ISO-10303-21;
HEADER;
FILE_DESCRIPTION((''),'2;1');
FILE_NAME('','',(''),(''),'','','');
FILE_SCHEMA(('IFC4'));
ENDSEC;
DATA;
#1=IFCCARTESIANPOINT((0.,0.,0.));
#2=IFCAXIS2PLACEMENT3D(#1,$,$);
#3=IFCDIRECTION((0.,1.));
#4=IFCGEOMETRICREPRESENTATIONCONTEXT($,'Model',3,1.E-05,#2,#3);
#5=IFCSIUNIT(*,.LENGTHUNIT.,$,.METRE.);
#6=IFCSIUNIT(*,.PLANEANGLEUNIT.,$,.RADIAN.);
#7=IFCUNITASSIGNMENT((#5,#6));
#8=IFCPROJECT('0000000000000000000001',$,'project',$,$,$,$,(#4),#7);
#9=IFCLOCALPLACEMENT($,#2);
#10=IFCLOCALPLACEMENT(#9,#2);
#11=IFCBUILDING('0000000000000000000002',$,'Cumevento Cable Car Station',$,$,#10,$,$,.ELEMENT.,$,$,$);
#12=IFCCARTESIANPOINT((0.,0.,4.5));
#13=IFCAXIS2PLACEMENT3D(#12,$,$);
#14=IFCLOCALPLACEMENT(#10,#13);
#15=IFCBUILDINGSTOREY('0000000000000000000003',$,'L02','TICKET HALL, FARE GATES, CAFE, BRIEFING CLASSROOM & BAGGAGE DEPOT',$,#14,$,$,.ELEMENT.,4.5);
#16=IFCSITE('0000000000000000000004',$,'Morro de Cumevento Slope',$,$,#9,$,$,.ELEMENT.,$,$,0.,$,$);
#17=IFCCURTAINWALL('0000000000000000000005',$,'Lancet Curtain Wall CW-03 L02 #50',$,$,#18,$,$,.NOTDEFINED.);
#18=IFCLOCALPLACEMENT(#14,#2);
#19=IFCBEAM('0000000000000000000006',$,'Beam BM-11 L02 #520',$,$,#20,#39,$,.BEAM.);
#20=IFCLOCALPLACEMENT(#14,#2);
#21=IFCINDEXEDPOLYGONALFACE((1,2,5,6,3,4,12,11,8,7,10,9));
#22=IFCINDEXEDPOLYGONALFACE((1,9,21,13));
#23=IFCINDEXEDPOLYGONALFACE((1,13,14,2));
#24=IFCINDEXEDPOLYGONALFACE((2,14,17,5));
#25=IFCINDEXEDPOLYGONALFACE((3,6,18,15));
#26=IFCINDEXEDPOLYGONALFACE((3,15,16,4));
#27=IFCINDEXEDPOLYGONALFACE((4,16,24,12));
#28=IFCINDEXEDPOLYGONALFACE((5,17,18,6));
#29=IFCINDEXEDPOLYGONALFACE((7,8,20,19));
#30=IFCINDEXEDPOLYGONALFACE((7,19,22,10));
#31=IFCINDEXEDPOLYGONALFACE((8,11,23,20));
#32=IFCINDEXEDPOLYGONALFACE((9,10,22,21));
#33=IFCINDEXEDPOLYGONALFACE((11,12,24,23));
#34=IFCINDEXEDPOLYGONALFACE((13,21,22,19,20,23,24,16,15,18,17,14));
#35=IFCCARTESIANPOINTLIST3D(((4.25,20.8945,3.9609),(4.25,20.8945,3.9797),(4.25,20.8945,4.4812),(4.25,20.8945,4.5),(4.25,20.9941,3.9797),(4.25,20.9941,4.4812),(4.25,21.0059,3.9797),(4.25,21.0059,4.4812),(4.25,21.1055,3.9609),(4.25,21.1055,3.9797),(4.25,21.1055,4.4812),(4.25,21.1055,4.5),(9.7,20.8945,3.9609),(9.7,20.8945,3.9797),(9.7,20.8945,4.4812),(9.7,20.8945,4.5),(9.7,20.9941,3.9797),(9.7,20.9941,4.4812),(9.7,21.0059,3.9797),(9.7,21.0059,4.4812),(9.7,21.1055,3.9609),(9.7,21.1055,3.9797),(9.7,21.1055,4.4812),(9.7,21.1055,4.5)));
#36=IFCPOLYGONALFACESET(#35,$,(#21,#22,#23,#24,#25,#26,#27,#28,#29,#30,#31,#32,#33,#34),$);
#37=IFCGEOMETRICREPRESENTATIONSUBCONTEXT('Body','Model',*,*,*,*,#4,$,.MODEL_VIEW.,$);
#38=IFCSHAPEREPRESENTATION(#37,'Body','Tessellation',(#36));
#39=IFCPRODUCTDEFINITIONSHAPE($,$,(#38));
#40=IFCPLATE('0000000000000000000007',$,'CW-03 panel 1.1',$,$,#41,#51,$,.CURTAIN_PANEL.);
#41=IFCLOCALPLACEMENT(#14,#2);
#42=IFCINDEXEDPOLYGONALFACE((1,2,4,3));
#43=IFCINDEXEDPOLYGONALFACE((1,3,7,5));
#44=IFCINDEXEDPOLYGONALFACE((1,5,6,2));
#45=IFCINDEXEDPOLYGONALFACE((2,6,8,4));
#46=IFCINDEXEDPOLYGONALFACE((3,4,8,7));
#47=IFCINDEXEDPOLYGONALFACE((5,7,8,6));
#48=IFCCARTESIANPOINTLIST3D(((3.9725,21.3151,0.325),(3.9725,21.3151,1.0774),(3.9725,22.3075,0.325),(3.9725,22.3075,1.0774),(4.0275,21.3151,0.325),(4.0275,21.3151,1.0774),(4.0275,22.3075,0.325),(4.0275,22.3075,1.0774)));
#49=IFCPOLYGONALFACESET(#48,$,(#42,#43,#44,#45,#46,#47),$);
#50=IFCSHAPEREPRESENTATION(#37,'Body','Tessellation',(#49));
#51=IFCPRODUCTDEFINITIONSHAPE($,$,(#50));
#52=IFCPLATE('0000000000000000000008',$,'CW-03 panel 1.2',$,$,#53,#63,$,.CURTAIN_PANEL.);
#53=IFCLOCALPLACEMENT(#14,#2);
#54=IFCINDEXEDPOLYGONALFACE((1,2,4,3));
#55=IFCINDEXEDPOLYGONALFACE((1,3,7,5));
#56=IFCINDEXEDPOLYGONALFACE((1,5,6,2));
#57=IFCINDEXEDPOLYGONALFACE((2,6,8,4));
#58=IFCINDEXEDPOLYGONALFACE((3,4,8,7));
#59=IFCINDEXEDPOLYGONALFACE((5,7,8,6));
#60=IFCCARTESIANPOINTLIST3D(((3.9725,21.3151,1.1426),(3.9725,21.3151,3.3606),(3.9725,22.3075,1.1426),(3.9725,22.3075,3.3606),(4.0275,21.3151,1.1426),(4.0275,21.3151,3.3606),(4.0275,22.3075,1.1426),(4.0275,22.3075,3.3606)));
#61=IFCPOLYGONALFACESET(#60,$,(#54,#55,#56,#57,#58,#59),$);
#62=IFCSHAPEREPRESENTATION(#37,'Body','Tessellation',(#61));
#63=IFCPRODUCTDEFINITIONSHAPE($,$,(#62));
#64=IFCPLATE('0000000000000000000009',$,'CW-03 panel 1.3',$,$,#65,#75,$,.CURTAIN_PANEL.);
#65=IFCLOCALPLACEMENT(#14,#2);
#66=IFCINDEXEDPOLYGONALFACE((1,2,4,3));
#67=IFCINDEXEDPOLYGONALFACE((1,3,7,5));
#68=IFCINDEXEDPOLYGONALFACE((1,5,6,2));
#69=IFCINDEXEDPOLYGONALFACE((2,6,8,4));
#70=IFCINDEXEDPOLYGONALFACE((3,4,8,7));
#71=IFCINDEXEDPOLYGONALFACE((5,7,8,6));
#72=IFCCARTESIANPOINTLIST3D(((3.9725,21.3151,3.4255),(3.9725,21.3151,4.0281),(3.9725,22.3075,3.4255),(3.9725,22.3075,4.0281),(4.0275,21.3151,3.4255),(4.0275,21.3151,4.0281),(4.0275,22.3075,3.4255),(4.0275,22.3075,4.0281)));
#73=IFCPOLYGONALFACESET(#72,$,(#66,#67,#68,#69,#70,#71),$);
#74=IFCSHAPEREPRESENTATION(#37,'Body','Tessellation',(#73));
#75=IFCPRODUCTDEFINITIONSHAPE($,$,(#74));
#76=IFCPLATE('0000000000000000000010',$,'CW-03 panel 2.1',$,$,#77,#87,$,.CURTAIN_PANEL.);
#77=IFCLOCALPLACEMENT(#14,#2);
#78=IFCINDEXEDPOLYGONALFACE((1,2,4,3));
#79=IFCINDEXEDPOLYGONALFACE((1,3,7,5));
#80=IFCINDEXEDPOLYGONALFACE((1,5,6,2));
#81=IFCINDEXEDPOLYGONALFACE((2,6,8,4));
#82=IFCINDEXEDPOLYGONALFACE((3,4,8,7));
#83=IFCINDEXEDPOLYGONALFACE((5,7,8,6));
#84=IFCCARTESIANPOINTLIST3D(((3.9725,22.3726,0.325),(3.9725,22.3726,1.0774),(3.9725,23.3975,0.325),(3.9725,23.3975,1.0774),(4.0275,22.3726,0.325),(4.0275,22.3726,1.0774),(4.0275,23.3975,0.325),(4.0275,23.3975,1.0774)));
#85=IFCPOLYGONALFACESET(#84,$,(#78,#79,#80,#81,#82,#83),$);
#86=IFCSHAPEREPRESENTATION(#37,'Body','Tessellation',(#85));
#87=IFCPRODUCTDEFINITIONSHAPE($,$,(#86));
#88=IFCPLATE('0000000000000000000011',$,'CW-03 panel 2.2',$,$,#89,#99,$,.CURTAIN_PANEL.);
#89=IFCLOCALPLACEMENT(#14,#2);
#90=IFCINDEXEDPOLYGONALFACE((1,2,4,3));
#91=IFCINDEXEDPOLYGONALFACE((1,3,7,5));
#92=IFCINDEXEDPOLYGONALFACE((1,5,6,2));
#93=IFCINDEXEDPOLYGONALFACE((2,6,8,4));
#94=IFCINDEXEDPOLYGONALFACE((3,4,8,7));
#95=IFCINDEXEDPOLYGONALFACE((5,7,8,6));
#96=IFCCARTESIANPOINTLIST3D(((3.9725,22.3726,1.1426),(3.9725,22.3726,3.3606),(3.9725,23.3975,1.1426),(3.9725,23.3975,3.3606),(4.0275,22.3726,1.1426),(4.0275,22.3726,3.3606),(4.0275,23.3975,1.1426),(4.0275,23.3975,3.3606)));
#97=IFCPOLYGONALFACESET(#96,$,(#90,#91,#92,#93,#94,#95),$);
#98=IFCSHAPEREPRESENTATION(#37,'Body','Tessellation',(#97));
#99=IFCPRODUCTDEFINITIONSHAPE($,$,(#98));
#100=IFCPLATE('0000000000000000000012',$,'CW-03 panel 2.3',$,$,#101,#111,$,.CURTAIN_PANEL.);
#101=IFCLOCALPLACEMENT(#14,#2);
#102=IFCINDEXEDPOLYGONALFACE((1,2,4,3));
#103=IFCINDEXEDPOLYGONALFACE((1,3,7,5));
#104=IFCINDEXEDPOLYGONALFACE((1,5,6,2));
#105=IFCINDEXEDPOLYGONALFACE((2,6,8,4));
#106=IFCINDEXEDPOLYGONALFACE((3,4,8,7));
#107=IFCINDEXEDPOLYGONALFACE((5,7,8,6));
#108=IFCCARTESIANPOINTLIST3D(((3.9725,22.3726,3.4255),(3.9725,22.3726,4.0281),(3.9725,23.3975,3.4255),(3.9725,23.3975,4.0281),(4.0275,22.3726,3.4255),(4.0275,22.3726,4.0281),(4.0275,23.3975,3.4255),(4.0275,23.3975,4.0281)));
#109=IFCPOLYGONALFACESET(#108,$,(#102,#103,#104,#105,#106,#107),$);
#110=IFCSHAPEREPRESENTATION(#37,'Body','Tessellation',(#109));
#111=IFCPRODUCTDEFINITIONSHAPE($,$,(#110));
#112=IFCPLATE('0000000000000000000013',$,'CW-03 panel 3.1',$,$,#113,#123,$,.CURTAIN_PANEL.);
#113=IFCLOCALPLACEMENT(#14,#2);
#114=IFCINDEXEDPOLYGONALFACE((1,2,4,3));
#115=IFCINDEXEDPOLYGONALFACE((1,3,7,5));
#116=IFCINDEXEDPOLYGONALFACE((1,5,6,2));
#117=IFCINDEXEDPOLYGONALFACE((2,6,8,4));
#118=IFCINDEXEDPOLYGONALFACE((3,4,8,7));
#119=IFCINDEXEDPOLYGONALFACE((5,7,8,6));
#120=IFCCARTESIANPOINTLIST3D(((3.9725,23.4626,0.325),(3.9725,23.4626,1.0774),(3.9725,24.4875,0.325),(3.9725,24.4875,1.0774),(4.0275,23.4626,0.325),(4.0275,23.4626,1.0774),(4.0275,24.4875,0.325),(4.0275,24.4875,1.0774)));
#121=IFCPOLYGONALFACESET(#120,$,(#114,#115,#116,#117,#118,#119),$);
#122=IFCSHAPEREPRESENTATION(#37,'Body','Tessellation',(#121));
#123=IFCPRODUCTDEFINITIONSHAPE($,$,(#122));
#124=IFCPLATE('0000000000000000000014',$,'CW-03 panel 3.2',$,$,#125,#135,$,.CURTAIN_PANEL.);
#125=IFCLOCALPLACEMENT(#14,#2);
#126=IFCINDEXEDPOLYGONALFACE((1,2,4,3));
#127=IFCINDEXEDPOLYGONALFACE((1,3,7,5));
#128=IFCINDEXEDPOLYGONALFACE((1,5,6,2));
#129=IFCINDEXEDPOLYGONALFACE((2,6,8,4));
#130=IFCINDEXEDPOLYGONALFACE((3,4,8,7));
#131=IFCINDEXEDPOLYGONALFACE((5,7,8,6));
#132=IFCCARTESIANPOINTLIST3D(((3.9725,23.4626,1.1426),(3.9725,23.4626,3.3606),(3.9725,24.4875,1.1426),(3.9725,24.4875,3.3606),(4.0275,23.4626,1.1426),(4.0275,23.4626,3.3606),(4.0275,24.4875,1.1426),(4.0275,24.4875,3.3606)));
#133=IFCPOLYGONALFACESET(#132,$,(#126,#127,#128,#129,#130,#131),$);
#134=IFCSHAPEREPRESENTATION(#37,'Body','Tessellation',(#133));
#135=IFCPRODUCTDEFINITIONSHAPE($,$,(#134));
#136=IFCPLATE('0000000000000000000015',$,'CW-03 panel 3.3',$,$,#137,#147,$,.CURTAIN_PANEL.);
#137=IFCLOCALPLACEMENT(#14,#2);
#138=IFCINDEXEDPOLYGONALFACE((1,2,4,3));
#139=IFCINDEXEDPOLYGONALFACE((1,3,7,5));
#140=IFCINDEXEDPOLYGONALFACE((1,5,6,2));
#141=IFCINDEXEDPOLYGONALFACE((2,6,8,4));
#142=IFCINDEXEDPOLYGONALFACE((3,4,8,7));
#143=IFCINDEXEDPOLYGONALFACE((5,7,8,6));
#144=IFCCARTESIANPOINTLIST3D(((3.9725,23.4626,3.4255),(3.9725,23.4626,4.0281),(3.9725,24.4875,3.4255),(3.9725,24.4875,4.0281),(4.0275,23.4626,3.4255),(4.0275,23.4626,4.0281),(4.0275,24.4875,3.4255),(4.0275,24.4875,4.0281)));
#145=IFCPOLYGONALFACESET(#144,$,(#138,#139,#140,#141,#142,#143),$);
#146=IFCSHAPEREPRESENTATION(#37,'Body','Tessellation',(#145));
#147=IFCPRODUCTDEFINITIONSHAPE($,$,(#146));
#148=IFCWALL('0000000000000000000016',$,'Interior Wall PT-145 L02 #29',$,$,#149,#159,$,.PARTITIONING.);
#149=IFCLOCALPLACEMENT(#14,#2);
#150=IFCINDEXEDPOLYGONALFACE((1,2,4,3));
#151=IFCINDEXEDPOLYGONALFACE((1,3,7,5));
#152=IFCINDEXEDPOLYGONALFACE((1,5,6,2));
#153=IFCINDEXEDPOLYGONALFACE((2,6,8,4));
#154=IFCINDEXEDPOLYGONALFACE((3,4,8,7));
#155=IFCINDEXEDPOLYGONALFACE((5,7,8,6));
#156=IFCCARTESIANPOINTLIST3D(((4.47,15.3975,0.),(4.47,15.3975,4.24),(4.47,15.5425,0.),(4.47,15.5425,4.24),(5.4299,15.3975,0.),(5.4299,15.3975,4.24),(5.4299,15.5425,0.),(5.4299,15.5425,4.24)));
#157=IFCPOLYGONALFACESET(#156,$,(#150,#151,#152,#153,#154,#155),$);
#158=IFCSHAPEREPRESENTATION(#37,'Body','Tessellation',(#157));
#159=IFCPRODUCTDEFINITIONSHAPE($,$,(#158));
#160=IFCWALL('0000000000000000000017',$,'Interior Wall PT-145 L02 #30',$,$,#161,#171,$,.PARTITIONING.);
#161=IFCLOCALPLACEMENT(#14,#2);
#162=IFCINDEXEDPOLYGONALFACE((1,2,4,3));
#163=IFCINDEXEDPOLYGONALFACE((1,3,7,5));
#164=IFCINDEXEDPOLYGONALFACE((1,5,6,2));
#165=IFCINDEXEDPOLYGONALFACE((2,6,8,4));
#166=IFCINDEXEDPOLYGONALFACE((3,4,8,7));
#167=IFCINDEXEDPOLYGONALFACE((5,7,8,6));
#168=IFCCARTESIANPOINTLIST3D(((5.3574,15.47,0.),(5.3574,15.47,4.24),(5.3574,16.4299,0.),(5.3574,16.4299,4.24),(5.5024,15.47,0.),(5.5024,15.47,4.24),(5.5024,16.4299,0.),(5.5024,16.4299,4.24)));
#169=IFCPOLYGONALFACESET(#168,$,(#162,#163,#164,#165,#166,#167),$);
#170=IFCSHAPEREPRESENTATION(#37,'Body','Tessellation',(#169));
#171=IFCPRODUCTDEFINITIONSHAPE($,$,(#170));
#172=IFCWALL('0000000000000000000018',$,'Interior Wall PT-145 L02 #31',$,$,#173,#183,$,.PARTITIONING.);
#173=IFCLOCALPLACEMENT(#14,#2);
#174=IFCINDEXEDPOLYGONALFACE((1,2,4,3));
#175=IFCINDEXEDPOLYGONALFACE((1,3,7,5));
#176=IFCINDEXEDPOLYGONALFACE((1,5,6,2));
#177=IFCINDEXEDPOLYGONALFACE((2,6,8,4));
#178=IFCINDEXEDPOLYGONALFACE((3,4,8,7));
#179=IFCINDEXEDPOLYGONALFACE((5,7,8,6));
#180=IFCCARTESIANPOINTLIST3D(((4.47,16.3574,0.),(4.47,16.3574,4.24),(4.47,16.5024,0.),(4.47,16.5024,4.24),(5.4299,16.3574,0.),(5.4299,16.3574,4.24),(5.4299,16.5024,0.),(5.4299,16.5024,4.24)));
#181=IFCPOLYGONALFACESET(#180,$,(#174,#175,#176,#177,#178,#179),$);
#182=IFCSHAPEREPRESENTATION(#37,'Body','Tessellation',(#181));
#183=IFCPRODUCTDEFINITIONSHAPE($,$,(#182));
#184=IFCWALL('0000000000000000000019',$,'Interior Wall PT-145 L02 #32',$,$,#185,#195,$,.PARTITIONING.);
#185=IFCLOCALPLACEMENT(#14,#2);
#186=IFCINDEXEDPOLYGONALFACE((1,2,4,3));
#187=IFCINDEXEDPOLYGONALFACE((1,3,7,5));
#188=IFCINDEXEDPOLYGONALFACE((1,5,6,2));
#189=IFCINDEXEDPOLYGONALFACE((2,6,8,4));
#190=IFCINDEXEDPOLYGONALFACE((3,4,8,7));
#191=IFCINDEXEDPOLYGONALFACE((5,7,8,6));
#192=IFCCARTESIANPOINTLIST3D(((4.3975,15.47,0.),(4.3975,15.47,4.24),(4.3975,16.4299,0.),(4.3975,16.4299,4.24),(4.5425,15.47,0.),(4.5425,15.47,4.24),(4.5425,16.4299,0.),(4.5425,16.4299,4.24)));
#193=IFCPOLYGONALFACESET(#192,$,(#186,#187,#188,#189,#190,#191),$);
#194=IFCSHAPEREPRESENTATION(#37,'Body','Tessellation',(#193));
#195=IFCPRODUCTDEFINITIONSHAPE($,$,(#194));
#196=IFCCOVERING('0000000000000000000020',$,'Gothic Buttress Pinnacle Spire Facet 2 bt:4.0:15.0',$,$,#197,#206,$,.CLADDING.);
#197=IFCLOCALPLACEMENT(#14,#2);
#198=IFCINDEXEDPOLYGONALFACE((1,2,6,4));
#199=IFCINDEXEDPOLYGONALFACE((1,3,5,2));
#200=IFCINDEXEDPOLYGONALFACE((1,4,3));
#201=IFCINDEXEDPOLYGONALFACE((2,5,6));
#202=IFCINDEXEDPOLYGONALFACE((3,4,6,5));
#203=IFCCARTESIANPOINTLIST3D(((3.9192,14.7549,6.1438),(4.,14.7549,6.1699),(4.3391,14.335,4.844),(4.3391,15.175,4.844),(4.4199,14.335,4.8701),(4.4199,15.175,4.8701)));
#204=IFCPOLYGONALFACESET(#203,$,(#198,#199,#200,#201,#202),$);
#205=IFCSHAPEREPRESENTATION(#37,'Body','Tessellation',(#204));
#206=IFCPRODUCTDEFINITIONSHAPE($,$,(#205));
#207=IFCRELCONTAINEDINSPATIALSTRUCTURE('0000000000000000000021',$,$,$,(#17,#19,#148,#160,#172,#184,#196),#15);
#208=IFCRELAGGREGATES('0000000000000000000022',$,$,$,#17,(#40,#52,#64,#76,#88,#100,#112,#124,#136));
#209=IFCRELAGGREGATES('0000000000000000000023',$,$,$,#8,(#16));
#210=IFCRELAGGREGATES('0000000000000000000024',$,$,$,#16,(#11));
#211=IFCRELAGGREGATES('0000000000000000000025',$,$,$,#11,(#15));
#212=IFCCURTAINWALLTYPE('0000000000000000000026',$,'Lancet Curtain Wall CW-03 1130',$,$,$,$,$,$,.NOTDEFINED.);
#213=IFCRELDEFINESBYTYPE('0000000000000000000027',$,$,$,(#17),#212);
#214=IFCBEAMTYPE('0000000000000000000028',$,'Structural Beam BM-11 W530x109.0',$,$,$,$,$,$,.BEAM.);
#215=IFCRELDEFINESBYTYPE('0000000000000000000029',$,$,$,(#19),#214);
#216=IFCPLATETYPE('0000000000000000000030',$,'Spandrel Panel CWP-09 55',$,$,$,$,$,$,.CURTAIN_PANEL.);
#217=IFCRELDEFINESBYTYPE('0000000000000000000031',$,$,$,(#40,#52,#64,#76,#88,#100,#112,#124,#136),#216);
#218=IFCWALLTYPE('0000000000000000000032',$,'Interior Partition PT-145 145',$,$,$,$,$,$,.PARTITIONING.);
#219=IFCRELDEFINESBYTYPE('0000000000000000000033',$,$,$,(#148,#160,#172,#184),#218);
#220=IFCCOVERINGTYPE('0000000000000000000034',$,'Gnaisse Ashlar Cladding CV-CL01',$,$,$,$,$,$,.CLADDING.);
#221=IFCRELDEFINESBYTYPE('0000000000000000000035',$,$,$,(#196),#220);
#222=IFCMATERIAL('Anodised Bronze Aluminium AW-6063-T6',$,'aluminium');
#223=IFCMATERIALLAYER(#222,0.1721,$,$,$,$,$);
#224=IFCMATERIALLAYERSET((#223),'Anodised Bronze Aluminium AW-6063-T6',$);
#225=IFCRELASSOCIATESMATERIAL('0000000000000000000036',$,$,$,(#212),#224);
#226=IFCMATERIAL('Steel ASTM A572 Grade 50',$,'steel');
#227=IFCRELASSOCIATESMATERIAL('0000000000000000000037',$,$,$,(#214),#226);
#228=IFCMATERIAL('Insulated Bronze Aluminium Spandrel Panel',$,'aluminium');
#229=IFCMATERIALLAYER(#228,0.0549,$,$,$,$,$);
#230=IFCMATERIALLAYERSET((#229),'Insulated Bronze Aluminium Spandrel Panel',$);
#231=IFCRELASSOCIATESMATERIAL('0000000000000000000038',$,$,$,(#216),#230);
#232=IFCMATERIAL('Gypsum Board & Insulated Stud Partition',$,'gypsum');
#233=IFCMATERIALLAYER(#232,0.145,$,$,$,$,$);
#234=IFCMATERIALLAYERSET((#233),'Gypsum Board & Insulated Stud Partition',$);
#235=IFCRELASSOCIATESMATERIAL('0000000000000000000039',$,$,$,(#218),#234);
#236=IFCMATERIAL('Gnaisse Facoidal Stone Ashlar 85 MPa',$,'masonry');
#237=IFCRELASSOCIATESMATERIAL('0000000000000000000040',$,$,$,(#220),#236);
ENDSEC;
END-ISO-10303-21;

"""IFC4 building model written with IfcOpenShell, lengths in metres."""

from ifc_helpers import new_model, si_unit, direction, frame, frame_2d, origin, origin_2d, place, context, subcontext, project, spatial, polyline, rectangle, i_section, outline, extrude, material, layer, layer_set, material_profile, profile_set, type_object, element, aggregate, save


model = new_model("IFC4")

# Units and contexts
model_context = context("Model", 3, precision=1e-05, world=origin(), true_north=direction((0.0, 1.0)))
body_context = subcontext(model_context, "Body", "Model", "MODEL_VIEW")
ifc_project = project(units=[si_unit("LENGTHUNIT", "METRE"), si_unit("PLANEANGLEUNIT", "RADIAN")], contexts=[model_context])

# Site, building, storey
site_placement = place(None, origin())
site = spatial("IfcSite", under=ifc_project, at=site_placement, Name="Morro de Cumevento Slope", CompositionType="ELEMENT", RefElevation=0.0)
building_placement = place(site_placement, origin())
building = spatial("IfcBuilding", under=site, at=building_placement, Name="Cumevento Cable Car Station", CompositionType="ELEMENT")
storey_placement = place(building_placement, frame((0.0, 0.0, 4.5)))
storey = spatial("IfcBuildingStorey", under=building, at=storey_placement, Name="L02", Description="TICKET HALL, FARE GATES, CAFE, BRIEFING CLASSROOM & BAGGAGE DEPOT", CompositionType="ELEMENT", Elevation=4.5)

# Curtain wall
ifc_material_1 = material(Name="Anodised Bronze Aluminium AW-6063-T6", Category="aluminium")
ifc_layer_1 = layer(ifc_material_1, 0.1721)
ifc_layer_set_1 = layer_set([ifc_layer_1], Name="Anodised Bronze Aluminium AW-6063-T6")
curtain_wall_type = type_object("IfcCurtainWallType", Name="Lancet Curtain Wall CW-03 1130", PredefinedType="NOTDEFINED", material=ifc_layer_set_1)
curtain_wall_placement = place(storey_placement, origin())
curtain_wall = element("IfcCurtainWall", 1, at=curtain_wall_placement, inside=storey, type_object=curtain_wall_type, Name="Lancet Curtain Wall CW-03 L02 #50", PredefinedType="NOTDEFINED")

# Beam
ifc_material_2 = material(Name="Steel ASTM A572 Grade 50", Category="steel")
ifc_material_profile_1 = material_profile(ifc_material_2, i_section(OverallWidth=0.2109, OverallDepth=0.5391, WebThickness=0.0117, FlangeThickness=0.0188, at=origin_2d()), Name="W530x109.0")
ifc_profile_set_1 = profile_set([ifc_material_profile_1], Name="Steel ASTM A572 Grade 50")
beam_type = type_object("IfcBeamType", Name="Structural Beam BM-11 W530x109.0", PredefinedType="BEAM", material=ifc_profile_set_1)
beam_placement = place(storey_placement, frame((4.25, 21.0, 4.2305), z_axis=(1.0, 0.0, 0.0), x_axis=(0.0, 1.0, 0.0)))
element("IfcBeam", 2, at=beam_placement, inside=storey, type_object=beam_type, Name="Beam BM-11 L02 #520", PredefinedType="BEAM", context=body_context, shape_type="SweptSolid", body=[
    extrude(i_section(OverallWidth=0.2109, OverallDepth=0.5391, WebThickness=0.0117, FlangeThickness=0.0188, at=origin_2d()), origin(), (0.0, 0.0, 1.0), 5.45),
])

# Plates
ifc_material_3 = material(Name="Insulated Bronze Aluminium Spandrel Panel", Category="aluminium")
ifc_layer_2 = layer(ifc_material_3, 0.0549)
ifc_layer_set_2 = layer_set([ifc_layer_2], Name="Insulated Bronze Aluminium Spandrel Panel")
plate_type = type_object("IfcPlateType", Name="Spandrel Panel CWP-09 55", PredefinedType="CURTAIN_PANEL", material=ifc_layer_set_2)
plate_1_placement = place(storey_placement, frame((4.0, 21.8113, 0.325), z_axis=(0.0, 0.0, 1.0), x_axis=(0.0, 1.0, 0.0)))
plate_1 = element("IfcPlate", 3, at=plate_1_placement, type_object=plate_type, Name="CW-03 panel 1.1", PredefinedType="CURTAIN_PANEL", context=body_context, shape_type="SweptSolid", body=[
    extrude(rectangle(XDim=0.9924, YDim=0.0549, at=origin_2d()), origin(), (0.0, 0.0, 1.0), 0.7524),
])
plate_2_placement = place(storey_placement, frame((4.0, 21.8113, 1.1426), z_axis=(0.0, 0.0, 1.0), x_axis=(0.0, 1.0, 0.0)))
plate_2 = element("IfcPlate", 4, at=plate_2_placement, type_object=plate_type, Name="CW-03 panel 1.2", PredefinedType="CURTAIN_PANEL", context=body_context, shape_type="SweptSolid", body=[
    extrude(rectangle(XDim=0.9924, YDim=0.0549, at=origin_2d()), origin(), (0.0, 0.0, 1.0), 2.218),
])
plate_3_placement = place(storey_placement, frame((4.0, 21.8113, 3.4255), z_axis=(0.0, 0.0, 1.0), x_axis=(0.0, 1.0, 0.0)))
plate_3 = element("IfcPlate", 5, at=plate_3_placement, type_object=plate_type, Name="CW-03 panel 1.3", PredefinedType="CURTAIN_PANEL", context=body_context, shape_type="SweptSolid", body=[
    extrude(rectangle(XDim=0.9924, YDim=0.0549, at=origin_2d()), origin(), (0.0, 0.0, 1.0), 0.6025),
])
plate_4_placement = place(storey_placement, frame((4.0, 22.885, 0.325), z_axis=(0.0, 0.0, 1.0), x_axis=(0.0, 1.0, 0.0)))
plate_4 = element("IfcPlate", 6, at=plate_4_placement, type_object=plate_type, Name="CW-03 panel 2.1", PredefinedType="CURTAIN_PANEL", context=body_context, shape_type="SweptSolid", body=[
    extrude(rectangle(XDim=1.0249, YDim=0.0549, at=origin_2d()), origin(), (0.0, 0.0, 1.0), 0.7524),
])
plate_5_placement = place(storey_placement, frame((4.0, 22.885, 1.1426), z_axis=(0.0, 0.0, 1.0), x_axis=(0.0, 1.0, 0.0)))
plate_5 = element("IfcPlate", 7, at=plate_5_placement, type_object=plate_type, Name="CW-03 panel 2.2", PredefinedType="CURTAIN_PANEL", context=body_context, shape_type="SweptSolid", body=[
    extrude(rectangle(XDim=1.0249, YDim=0.0549, at=origin_2d()), origin(), (0.0, 0.0, 1.0), 2.218),
])
plate_6_placement = place(storey_placement, frame((4.0, 22.885, 3.4255), z_axis=(0.0, 0.0, 1.0), x_axis=(0.0, 1.0, 0.0)))
plate_6 = element("IfcPlate", 8, at=plate_6_placement, type_object=plate_type, Name="CW-03 panel 2.3", PredefinedType="CURTAIN_PANEL", context=body_context, shape_type="SweptSolid", body=[
    extrude(rectangle(XDim=1.0249, YDim=0.0549, at=origin_2d()), origin(), (0.0, 0.0, 1.0), 0.6025),
])
plate_7_placement = place(storey_placement, frame((4.0, 23.9751, 0.325), z_axis=(0.0, 0.0, 1.0), x_axis=(0.0, 1.0, 0.0)))
plate_7 = element("IfcPlate", 9, at=plate_7_placement, type_object=plate_type, Name="CW-03 panel 3.1", PredefinedType="CURTAIN_PANEL", context=body_context, shape_type="SweptSolid", body=[
    extrude(rectangle(XDim=1.0249, YDim=0.0549, at=origin_2d()), origin(), (0.0, 0.0, 1.0), 0.7524),
])
plate_8_placement = place(storey_placement, frame((4.0, 23.9751, 1.1426), z_axis=(0.0, 0.0, 1.0), x_axis=(0.0, 1.0, 0.0)))
plate_8 = element("IfcPlate", 10, at=plate_8_placement, type_object=plate_type, Name="CW-03 panel 3.2", PredefinedType="CURTAIN_PANEL", context=body_context, shape_type="SweptSolid", body=[
    extrude(rectangle(XDim=1.0249, YDim=0.0549, at=origin_2d()), origin(), (0.0, 0.0, 1.0), 2.218),
])
plate_9_placement = place(storey_placement, frame((4.0, 23.9751, 3.4255), z_axis=(0.0, 0.0, 1.0), x_axis=(0.0, 1.0, 0.0)))
plate_9 = element("IfcPlate", 11, at=plate_9_placement, type_object=plate_type, Name="CW-03 panel 3.3", PredefinedType="CURTAIN_PANEL", context=body_context, shape_type="SweptSolid", body=[
    extrude(rectangle(XDim=1.0249, YDim=0.0549, at=origin_2d()), origin(), (0.0, 0.0, 1.0), 0.6025),
])
aggregate(curtain_wall, [plate_1, plate_2, plate_3, plate_4, plate_5, plate_6, plate_7, plate_8, plate_9])

# Walls
ifc_material_4 = material(Name="Gypsum Board & Insulated Stud Partition", Category="gypsum")
ifc_layer_3 = layer(ifc_material_4, 0.145)
ifc_layer_set_3 = layer_set([ifc_layer_3], Name="Gypsum Board & Insulated Stud Partition")
wall_type = type_object("IfcWallType", Name="Interior Partition PT-145 145", PredefinedType="PARTITIONING", material=ifc_layer_set_3)
for number, where, z_axis, x_axis, name in (
    (12, (4.47, 15.47, 0.0), (0.0, 0.0, 1.0), (1.0, 0.0, 0.0), "Interior Wall PT-145 L02 #29"),
    (13, (5.4299, 15.47, 0.0), (0.0, 0.0, 1.0), (0.0, 1.0, 0.0), "Interior Wall PT-145 L02 #30"),
    (14, (5.4299, 16.4299, 0.0), (0.0, 0.0, 1.0), (-1.0, 0.0, 0.0), "Interior Wall PT-145 L02 #31"),
    (15, (4.47, 16.4299, 0.0), (0.0, 0.0, 1.0), (0.0, -1.0, 0.0), "Interior Wall PT-145 L02 #32"),
):
    element("IfcWall", number, at=place(storey_placement, frame(where, z_axis=z_axis, x_axis=x_axis)), inside=storey, type_object=wall_type, Name=name, PredefinedType="PARTITIONING", context=body_context, shape_type="SweptSolid", body=[
        extrude(rectangle(XDim=0.96, YDim=0.145, at=frame_2d((0.48, 0.0))), origin(), (0.0, 0.0, 1.0), 4.24),
    ])

# Covering
ifc_material_5 = material(Name="Gnaisse Facoidal Stone Ashlar 85 MPa", Category="masonry")
covering_type = type_object("IfcCoveringType", Name="Gnaisse Ashlar Cladding CV-CL01", PredefinedType="CLADDING", material=ifc_material_5)
for number, where, z_axis, x_axis, name in (
    (16, (4.4199, 15.175, 4.8701), (0.951574, 0.0, 0.307421), (0.0, -1.0, 0.0), "Gothic Buttress Pinnacle Spire Facet 2 bt:4.0:15.0"),
):
    element("IfcCovering", number, at=place(storey_placement, frame(where, z_axis=z_axis, x_axis=x_axis)), inside=storey, type_object=covering_type, Name=name, PredefinedType="CLADDING", context=body_context, shape_type="SweptSolid", body=[
        extrude(outline(polyline([(0.0, 0.0), (0.8401, 0.0), (0.4202, -1.366), (0.0, 0.0)])), origin(), (0.0, 0.0, -1.0), 0.085),
    ])

save(model, "model.ifc")
